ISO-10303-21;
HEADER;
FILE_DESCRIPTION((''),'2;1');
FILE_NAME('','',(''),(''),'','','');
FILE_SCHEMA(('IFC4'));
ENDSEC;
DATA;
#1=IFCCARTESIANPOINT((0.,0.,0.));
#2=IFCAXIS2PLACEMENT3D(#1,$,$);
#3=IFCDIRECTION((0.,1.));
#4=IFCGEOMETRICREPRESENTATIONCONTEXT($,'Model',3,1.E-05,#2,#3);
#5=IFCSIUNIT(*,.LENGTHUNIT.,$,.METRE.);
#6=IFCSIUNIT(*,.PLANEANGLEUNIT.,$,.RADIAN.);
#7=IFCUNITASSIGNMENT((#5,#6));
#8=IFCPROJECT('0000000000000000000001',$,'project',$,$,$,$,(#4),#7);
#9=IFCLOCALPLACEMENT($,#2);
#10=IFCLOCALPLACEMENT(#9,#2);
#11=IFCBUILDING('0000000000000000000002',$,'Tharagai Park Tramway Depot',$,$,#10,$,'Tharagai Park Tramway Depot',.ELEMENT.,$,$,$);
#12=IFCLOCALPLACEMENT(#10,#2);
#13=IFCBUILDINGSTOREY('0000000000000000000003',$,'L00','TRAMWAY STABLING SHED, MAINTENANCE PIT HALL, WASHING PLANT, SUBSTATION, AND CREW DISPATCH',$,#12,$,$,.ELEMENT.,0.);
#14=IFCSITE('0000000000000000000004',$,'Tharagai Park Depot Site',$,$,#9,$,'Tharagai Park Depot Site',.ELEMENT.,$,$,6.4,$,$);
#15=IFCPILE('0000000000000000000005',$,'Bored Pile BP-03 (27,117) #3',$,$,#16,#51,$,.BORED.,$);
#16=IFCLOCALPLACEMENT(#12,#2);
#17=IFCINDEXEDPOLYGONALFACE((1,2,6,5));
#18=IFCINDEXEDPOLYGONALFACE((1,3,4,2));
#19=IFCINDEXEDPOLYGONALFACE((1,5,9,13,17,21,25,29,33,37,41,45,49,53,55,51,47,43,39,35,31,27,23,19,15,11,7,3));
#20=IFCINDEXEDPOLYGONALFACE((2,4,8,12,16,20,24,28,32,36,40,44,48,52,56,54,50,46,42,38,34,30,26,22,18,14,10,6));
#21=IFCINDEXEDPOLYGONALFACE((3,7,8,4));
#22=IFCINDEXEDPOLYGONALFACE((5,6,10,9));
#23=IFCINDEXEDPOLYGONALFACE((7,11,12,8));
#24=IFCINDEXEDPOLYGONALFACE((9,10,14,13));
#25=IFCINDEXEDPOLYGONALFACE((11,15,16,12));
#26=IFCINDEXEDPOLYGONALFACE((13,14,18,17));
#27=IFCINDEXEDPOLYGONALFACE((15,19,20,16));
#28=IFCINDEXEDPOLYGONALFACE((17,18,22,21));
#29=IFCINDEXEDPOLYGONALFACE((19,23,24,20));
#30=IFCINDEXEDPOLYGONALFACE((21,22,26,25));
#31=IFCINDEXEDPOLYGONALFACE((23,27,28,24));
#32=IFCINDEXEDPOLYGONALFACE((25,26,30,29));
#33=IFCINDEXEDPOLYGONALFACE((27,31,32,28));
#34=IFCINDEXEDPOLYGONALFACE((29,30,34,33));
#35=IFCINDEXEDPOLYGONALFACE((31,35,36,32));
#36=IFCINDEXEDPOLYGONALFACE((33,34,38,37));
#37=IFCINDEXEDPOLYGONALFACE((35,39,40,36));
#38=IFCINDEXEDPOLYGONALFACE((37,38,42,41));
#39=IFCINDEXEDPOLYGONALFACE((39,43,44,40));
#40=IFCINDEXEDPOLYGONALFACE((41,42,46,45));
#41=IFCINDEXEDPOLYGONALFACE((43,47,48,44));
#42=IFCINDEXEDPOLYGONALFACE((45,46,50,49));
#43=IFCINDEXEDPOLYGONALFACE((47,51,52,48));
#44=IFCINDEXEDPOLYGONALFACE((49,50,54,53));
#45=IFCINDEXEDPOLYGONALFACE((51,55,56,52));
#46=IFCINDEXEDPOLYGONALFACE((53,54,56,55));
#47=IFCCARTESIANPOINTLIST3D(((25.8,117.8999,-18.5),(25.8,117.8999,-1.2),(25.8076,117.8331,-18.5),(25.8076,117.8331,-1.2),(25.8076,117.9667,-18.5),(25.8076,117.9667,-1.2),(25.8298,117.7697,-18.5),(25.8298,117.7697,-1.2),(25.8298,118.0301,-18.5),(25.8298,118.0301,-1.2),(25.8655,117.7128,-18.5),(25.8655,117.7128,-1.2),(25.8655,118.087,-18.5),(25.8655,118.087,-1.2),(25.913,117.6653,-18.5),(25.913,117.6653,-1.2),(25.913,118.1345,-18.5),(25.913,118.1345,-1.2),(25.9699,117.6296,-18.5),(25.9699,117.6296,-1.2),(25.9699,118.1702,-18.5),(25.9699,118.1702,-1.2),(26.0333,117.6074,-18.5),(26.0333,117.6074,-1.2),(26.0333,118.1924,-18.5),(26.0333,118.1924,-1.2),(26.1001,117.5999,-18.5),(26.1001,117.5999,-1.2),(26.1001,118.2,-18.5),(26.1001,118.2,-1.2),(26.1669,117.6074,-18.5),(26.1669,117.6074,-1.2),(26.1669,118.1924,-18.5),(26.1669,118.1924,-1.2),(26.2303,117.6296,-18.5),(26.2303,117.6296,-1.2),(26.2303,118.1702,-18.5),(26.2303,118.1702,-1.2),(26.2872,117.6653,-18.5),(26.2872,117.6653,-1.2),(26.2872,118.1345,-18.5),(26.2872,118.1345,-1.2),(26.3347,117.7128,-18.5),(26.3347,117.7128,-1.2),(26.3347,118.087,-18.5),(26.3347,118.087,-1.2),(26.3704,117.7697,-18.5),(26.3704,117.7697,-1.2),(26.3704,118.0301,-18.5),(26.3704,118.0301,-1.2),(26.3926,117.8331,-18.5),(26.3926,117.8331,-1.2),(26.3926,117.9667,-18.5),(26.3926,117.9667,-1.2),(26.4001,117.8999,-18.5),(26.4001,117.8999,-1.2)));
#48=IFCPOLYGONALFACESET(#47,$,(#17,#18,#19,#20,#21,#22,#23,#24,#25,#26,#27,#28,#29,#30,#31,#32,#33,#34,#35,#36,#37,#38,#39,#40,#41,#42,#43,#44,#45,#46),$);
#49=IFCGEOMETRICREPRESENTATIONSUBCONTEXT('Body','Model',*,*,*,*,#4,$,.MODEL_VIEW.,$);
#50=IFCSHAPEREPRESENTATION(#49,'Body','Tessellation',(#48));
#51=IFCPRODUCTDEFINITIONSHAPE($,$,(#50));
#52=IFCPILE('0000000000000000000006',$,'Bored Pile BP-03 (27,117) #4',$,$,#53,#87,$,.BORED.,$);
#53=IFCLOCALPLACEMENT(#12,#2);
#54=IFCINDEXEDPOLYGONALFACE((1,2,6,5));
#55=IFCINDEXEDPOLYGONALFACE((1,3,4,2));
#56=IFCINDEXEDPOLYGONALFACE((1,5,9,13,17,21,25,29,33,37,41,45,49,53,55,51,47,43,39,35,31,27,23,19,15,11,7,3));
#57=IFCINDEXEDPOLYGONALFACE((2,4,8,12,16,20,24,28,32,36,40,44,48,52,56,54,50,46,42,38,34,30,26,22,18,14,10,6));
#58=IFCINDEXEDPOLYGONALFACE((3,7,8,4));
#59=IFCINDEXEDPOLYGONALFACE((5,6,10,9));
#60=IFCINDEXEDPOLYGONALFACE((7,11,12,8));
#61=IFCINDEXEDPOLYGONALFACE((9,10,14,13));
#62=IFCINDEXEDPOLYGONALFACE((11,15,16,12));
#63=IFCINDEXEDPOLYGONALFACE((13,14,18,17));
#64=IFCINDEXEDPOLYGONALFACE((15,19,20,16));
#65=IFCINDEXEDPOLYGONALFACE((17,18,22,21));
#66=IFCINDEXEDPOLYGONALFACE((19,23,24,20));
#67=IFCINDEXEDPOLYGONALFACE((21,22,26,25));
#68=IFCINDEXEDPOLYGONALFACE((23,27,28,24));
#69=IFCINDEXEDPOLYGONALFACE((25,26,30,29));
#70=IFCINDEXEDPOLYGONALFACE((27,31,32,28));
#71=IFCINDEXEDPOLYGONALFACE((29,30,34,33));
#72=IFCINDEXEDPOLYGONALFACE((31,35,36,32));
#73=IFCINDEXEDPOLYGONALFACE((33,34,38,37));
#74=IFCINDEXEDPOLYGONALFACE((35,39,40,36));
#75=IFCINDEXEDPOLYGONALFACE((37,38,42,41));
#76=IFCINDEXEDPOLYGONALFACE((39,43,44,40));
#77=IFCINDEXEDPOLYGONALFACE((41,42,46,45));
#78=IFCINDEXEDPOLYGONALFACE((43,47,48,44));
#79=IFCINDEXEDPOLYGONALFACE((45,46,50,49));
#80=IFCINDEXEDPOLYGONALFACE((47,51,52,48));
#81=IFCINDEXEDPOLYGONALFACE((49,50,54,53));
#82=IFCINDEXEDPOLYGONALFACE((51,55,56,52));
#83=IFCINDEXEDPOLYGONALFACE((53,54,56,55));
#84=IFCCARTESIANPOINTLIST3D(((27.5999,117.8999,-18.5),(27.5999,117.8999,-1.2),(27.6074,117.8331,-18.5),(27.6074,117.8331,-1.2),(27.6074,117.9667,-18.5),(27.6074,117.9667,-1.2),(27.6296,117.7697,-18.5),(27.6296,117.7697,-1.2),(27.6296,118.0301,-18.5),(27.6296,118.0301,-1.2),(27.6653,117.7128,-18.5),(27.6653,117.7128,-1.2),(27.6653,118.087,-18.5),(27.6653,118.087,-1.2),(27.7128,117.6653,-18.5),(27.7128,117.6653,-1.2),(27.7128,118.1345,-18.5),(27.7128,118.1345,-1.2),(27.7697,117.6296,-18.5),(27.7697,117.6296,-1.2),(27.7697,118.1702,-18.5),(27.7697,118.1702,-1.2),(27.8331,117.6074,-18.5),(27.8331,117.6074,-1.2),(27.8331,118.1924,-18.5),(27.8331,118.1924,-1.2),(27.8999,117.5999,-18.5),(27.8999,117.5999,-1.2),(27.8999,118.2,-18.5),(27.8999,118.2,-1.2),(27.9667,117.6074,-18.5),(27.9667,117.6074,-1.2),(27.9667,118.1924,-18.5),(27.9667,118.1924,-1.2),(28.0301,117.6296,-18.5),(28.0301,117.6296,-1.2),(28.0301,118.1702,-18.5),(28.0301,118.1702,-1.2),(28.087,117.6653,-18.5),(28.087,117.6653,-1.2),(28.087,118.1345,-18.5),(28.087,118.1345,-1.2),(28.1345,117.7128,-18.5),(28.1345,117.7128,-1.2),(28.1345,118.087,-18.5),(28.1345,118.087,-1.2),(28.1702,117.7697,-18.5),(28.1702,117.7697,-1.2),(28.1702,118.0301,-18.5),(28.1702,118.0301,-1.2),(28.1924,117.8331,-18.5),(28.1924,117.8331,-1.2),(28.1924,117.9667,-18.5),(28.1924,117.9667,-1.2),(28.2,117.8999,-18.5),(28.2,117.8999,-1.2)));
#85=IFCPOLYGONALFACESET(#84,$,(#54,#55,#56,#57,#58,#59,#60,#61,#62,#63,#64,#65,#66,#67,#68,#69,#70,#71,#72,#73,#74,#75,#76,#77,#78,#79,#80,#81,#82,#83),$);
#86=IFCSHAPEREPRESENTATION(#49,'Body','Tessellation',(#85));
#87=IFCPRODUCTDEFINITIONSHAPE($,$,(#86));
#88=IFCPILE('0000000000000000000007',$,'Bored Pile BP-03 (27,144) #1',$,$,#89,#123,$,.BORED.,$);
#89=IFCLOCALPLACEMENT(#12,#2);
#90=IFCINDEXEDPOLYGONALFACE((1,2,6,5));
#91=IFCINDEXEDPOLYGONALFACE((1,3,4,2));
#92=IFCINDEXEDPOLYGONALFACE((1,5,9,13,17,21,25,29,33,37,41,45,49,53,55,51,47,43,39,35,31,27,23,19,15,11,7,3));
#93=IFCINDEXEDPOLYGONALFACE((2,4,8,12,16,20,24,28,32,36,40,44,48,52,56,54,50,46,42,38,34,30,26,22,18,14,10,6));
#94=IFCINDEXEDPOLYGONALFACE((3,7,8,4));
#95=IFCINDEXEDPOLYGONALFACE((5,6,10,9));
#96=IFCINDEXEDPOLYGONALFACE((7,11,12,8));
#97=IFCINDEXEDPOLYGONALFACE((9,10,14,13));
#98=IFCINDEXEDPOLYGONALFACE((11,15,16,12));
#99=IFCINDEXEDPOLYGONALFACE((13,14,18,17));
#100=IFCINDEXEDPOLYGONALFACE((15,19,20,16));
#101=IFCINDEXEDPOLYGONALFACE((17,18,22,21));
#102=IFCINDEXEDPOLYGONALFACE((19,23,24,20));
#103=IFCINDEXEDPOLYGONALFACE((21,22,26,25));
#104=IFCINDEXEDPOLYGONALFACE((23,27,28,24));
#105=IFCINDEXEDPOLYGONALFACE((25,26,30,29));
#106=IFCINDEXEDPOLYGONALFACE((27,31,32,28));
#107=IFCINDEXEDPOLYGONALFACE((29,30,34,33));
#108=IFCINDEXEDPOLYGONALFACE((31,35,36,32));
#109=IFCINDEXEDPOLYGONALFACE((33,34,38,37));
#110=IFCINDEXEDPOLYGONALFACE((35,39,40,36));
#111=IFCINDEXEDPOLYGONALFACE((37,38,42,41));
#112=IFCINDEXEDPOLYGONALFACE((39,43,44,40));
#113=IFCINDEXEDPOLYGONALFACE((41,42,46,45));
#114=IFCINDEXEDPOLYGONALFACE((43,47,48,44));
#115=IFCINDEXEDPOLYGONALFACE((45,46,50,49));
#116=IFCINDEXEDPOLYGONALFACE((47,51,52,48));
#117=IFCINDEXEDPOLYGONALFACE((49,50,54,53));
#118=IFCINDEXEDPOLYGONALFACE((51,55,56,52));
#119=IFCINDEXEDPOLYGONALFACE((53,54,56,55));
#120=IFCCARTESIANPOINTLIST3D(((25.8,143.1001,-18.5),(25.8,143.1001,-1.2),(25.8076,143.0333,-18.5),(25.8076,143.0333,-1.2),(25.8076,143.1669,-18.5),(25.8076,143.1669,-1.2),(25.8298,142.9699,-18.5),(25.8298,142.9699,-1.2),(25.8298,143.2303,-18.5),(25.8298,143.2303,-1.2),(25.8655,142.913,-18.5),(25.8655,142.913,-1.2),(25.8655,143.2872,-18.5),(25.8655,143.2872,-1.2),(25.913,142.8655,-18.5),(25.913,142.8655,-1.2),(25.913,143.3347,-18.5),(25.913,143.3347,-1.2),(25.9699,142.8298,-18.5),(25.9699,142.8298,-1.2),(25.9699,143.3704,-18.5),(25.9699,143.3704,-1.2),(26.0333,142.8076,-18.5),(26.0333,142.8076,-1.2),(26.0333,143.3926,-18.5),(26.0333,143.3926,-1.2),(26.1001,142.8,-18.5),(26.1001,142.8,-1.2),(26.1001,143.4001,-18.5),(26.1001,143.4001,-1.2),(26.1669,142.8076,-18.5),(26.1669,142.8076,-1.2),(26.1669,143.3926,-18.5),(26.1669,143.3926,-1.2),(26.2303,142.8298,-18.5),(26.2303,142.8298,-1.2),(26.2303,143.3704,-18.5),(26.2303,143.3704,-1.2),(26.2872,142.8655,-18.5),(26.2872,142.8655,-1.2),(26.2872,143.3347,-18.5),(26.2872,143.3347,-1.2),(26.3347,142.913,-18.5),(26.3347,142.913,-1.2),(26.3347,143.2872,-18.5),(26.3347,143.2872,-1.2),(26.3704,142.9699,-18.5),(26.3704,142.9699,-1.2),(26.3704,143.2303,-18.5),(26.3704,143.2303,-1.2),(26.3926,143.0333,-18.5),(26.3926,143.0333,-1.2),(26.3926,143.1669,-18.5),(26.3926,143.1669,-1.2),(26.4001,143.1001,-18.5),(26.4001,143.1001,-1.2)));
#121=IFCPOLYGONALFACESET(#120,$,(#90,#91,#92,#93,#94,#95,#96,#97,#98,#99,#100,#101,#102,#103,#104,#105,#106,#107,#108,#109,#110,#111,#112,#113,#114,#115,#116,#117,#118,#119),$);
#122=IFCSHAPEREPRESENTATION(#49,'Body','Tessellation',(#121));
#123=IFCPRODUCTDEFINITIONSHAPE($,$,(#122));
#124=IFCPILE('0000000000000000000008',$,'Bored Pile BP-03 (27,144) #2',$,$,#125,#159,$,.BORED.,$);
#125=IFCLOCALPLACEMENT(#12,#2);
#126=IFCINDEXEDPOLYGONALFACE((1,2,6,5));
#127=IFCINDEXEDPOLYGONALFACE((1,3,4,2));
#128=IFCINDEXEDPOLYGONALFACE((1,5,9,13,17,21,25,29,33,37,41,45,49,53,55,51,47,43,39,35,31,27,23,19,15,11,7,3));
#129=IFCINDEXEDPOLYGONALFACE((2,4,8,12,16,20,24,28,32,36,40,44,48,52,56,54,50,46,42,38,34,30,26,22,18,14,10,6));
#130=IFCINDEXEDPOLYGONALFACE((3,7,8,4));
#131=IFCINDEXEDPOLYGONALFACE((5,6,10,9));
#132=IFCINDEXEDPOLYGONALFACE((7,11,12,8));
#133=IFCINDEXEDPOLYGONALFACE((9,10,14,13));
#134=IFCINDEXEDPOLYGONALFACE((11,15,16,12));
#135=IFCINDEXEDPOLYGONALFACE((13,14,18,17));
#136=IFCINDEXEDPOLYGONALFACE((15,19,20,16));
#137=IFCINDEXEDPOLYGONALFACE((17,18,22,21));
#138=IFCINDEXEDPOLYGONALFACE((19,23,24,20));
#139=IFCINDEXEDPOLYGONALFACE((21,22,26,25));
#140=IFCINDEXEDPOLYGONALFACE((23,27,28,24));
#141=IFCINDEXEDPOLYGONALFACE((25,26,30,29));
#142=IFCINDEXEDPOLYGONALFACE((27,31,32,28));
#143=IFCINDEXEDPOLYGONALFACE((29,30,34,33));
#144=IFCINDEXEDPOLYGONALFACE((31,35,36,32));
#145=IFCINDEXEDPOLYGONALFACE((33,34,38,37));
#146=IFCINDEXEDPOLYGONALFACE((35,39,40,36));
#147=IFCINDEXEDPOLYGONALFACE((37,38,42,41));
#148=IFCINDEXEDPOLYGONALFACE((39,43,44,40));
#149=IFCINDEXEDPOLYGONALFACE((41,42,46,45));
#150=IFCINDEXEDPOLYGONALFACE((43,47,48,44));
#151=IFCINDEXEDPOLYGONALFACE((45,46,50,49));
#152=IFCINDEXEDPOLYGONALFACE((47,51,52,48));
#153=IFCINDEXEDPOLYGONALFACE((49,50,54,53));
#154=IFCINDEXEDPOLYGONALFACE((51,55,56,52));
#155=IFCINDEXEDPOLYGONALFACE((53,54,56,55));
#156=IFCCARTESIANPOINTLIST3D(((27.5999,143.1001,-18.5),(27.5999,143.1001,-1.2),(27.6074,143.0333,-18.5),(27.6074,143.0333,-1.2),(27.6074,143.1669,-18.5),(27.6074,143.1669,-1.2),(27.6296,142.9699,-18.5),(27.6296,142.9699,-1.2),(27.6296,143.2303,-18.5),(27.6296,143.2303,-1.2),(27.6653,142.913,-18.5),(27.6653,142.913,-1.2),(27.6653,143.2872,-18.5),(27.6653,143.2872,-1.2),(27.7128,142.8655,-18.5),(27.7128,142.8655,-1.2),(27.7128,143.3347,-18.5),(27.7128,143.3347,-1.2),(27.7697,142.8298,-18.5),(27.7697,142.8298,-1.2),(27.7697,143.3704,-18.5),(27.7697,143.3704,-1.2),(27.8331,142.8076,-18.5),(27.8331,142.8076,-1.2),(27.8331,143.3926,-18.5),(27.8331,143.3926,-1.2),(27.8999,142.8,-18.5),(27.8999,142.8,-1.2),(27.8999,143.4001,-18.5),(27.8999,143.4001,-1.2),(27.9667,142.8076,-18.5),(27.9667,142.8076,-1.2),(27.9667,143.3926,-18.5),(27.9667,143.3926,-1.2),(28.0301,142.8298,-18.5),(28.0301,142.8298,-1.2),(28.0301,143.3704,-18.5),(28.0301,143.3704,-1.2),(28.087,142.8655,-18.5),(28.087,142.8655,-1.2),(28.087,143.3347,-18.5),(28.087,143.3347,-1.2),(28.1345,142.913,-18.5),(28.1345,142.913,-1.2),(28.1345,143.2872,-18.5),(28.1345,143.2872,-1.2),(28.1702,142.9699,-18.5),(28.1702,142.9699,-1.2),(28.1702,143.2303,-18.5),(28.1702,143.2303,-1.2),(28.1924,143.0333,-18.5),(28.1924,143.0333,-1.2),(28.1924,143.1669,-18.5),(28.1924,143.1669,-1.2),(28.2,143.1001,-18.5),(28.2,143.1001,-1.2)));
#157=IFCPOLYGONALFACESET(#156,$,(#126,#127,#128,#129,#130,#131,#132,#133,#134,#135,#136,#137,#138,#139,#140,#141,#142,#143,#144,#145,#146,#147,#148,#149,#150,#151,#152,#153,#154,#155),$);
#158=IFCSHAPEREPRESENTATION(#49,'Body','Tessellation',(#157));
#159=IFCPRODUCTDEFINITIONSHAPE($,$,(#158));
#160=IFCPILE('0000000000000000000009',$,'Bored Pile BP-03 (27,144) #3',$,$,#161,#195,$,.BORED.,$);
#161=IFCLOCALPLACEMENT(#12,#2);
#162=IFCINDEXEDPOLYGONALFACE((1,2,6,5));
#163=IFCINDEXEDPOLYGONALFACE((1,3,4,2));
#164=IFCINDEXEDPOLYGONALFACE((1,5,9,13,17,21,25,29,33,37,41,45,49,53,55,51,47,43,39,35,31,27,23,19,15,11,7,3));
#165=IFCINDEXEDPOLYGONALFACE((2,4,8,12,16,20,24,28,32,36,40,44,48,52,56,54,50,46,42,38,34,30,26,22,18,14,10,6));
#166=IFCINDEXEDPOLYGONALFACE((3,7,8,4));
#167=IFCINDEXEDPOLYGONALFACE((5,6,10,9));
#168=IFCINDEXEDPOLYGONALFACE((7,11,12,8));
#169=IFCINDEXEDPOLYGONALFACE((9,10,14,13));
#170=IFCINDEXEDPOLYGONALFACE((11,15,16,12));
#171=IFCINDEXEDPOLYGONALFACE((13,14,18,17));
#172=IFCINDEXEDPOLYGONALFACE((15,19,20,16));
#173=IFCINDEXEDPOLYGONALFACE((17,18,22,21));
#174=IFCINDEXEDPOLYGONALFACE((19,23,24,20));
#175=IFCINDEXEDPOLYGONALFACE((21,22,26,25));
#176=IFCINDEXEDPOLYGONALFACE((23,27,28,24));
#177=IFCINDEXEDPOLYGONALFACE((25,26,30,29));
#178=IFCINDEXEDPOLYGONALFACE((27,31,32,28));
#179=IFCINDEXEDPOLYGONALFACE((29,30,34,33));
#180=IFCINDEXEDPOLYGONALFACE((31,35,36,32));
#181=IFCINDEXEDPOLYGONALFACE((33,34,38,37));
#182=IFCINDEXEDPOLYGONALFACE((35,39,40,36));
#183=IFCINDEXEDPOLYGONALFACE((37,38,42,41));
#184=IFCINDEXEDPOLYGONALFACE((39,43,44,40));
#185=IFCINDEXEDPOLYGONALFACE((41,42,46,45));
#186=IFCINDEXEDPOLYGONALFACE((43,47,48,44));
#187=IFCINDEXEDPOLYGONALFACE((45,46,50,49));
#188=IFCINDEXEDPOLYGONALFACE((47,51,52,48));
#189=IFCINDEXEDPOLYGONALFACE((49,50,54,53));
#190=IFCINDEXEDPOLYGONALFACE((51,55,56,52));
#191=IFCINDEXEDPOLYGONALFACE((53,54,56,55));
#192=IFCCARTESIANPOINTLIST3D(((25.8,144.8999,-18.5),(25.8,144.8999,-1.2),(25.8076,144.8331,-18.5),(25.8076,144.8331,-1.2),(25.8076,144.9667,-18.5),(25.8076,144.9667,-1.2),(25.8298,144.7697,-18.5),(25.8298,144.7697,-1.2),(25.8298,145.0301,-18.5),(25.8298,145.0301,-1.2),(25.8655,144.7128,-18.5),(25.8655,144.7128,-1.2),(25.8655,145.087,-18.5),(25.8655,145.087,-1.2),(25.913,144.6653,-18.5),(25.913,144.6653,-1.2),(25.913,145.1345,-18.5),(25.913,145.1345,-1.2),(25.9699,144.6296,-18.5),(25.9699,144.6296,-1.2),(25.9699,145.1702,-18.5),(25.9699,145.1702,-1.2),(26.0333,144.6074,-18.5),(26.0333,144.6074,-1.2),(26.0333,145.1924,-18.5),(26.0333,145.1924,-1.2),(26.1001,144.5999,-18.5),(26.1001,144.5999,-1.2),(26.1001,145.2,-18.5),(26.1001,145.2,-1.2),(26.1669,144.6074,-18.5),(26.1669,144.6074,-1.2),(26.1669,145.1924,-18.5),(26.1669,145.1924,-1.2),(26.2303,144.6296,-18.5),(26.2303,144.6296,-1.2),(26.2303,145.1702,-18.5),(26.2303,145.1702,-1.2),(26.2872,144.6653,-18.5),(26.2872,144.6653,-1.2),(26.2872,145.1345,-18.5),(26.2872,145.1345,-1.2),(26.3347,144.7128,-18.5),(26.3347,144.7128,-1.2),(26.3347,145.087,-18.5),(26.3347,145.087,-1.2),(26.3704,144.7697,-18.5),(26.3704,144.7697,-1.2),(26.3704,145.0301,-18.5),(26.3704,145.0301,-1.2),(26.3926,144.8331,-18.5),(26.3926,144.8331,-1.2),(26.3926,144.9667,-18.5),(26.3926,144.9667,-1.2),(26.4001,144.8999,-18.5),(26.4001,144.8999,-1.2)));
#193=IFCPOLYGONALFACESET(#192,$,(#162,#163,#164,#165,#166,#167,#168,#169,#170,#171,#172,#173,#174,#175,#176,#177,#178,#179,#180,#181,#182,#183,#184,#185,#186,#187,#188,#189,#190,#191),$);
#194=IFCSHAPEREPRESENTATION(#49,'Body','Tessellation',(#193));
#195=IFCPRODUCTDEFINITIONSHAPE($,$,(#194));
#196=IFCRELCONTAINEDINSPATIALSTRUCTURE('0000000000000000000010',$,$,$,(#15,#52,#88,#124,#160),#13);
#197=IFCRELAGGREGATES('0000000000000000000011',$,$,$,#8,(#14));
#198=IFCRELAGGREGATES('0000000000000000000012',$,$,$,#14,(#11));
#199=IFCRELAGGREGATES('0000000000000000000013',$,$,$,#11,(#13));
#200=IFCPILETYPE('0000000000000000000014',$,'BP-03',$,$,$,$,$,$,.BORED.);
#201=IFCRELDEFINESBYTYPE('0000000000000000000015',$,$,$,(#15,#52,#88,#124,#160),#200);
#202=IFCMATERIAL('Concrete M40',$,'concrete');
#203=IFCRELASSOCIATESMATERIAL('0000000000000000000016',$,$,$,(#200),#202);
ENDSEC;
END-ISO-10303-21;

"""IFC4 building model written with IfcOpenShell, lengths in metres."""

from ifc_helpers import new_model, si_unit, direction, frame, origin, origin_2d, place, context, subcontext, project, spatial, circle, extrude, material, material_profile, profile_set, type_object, element, save


model = new_model("IFC4")

# Units and contexts
model_context = context("Model", 3, precision=1e-05, world=origin(), true_north=direction((0.0, 1.0)))
body_context = subcontext(model_context, "Body", "Model", "MODEL_VIEW")
ifc_project = project(units=[si_unit("LENGTHUNIT", "METRE"), si_unit("PLANEANGLEUNIT", "RADIAN")], contexts=[model_context])

# Site, building, storey
site_placement = place(None, origin())
site = spatial("IfcSite", under=ifc_project, at=site_placement, Name="Tharagai Park Depot Site", LongName="Tharagai Park Depot Site", CompositionType="ELEMENT", RefElevation=6.4)
building_placement = place(site_placement, origin())
building = spatial("IfcBuilding", under=site, at=building_placement, Name="Tharagai Park Tramway Depot", LongName="Tharagai Park Tramway Depot", CompositionType="ELEMENT")
storey_placement = place(building_placement, origin())
storey = spatial("IfcBuildingStorey", under=building, at=storey_placement, Name="L00", Description="TRAMWAY STABLING SHED, MAINTENANCE PIT HALL, WASHING PLANT, SUBSTATION, AND CREW DISPATCH", CompositionType="ELEMENT", Elevation=0.0)

# Piles
ifc_material_1 = material(Name="Concrete M40", Category="concrete")
ifc_material_profile_1 = material_profile(ifc_material_1, circle(Radius=0.3, at=origin_2d()), Name="PILE D600")
ifc_profile_set_1 = profile_set([ifc_material_profile_1], Name="Concrete M40")
pile_type = type_object("IfcPileType", Name="BP-03", PredefinedType="BORED", material=ifc_profile_set_1)
for number, where, z_axis, x_axis, name in (
    (1, (26.1001, 117.8999, -1.2), (0.0, 0.0, -1.0), (1.0, 0.0, 0.0), "Bored Pile BP-03 (27,117) #3"),
    (2, (27.8999, 117.8999, -1.2), (0.0, 0.0, -1.0), (1.0, 0.0, 0.0), "Bored Pile BP-03 (27,117) #4"),
    (3, (26.1001, 143.1001, -1.2), (0.0, 0.0, -1.0), (1.0, 0.0, 0.0), "Bored Pile BP-03 (27,144) #1"),
    (4, (27.8999, 143.1001, -1.2), (0.0, 0.0, -1.0), (1.0, 0.0, 0.0), "Bored Pile BP-03 (27,144) #2"),
    (5, (26.1001, 144.8999, -1.2), (0.0, 0.0, -1.0), (1.0, 0.0, 0.0), "Bored Pile BP-03 (27,144) #3"),
):
    element("IfcPile", number, at=place(storey_placement, frame(where, z_axis=z_axis, x_axis=x_axis)), inside=storey, type_object=pile_type, Name=name, PredefinedType="BORED", context=body_context, shape_type="SweptSolid", body=[
        extrude(circle(Radius=0.3, at=origin_2d()), origin(), (0.0, 0.0, 1.0), 17.3),
    ])

save(model, "model.ifc")
